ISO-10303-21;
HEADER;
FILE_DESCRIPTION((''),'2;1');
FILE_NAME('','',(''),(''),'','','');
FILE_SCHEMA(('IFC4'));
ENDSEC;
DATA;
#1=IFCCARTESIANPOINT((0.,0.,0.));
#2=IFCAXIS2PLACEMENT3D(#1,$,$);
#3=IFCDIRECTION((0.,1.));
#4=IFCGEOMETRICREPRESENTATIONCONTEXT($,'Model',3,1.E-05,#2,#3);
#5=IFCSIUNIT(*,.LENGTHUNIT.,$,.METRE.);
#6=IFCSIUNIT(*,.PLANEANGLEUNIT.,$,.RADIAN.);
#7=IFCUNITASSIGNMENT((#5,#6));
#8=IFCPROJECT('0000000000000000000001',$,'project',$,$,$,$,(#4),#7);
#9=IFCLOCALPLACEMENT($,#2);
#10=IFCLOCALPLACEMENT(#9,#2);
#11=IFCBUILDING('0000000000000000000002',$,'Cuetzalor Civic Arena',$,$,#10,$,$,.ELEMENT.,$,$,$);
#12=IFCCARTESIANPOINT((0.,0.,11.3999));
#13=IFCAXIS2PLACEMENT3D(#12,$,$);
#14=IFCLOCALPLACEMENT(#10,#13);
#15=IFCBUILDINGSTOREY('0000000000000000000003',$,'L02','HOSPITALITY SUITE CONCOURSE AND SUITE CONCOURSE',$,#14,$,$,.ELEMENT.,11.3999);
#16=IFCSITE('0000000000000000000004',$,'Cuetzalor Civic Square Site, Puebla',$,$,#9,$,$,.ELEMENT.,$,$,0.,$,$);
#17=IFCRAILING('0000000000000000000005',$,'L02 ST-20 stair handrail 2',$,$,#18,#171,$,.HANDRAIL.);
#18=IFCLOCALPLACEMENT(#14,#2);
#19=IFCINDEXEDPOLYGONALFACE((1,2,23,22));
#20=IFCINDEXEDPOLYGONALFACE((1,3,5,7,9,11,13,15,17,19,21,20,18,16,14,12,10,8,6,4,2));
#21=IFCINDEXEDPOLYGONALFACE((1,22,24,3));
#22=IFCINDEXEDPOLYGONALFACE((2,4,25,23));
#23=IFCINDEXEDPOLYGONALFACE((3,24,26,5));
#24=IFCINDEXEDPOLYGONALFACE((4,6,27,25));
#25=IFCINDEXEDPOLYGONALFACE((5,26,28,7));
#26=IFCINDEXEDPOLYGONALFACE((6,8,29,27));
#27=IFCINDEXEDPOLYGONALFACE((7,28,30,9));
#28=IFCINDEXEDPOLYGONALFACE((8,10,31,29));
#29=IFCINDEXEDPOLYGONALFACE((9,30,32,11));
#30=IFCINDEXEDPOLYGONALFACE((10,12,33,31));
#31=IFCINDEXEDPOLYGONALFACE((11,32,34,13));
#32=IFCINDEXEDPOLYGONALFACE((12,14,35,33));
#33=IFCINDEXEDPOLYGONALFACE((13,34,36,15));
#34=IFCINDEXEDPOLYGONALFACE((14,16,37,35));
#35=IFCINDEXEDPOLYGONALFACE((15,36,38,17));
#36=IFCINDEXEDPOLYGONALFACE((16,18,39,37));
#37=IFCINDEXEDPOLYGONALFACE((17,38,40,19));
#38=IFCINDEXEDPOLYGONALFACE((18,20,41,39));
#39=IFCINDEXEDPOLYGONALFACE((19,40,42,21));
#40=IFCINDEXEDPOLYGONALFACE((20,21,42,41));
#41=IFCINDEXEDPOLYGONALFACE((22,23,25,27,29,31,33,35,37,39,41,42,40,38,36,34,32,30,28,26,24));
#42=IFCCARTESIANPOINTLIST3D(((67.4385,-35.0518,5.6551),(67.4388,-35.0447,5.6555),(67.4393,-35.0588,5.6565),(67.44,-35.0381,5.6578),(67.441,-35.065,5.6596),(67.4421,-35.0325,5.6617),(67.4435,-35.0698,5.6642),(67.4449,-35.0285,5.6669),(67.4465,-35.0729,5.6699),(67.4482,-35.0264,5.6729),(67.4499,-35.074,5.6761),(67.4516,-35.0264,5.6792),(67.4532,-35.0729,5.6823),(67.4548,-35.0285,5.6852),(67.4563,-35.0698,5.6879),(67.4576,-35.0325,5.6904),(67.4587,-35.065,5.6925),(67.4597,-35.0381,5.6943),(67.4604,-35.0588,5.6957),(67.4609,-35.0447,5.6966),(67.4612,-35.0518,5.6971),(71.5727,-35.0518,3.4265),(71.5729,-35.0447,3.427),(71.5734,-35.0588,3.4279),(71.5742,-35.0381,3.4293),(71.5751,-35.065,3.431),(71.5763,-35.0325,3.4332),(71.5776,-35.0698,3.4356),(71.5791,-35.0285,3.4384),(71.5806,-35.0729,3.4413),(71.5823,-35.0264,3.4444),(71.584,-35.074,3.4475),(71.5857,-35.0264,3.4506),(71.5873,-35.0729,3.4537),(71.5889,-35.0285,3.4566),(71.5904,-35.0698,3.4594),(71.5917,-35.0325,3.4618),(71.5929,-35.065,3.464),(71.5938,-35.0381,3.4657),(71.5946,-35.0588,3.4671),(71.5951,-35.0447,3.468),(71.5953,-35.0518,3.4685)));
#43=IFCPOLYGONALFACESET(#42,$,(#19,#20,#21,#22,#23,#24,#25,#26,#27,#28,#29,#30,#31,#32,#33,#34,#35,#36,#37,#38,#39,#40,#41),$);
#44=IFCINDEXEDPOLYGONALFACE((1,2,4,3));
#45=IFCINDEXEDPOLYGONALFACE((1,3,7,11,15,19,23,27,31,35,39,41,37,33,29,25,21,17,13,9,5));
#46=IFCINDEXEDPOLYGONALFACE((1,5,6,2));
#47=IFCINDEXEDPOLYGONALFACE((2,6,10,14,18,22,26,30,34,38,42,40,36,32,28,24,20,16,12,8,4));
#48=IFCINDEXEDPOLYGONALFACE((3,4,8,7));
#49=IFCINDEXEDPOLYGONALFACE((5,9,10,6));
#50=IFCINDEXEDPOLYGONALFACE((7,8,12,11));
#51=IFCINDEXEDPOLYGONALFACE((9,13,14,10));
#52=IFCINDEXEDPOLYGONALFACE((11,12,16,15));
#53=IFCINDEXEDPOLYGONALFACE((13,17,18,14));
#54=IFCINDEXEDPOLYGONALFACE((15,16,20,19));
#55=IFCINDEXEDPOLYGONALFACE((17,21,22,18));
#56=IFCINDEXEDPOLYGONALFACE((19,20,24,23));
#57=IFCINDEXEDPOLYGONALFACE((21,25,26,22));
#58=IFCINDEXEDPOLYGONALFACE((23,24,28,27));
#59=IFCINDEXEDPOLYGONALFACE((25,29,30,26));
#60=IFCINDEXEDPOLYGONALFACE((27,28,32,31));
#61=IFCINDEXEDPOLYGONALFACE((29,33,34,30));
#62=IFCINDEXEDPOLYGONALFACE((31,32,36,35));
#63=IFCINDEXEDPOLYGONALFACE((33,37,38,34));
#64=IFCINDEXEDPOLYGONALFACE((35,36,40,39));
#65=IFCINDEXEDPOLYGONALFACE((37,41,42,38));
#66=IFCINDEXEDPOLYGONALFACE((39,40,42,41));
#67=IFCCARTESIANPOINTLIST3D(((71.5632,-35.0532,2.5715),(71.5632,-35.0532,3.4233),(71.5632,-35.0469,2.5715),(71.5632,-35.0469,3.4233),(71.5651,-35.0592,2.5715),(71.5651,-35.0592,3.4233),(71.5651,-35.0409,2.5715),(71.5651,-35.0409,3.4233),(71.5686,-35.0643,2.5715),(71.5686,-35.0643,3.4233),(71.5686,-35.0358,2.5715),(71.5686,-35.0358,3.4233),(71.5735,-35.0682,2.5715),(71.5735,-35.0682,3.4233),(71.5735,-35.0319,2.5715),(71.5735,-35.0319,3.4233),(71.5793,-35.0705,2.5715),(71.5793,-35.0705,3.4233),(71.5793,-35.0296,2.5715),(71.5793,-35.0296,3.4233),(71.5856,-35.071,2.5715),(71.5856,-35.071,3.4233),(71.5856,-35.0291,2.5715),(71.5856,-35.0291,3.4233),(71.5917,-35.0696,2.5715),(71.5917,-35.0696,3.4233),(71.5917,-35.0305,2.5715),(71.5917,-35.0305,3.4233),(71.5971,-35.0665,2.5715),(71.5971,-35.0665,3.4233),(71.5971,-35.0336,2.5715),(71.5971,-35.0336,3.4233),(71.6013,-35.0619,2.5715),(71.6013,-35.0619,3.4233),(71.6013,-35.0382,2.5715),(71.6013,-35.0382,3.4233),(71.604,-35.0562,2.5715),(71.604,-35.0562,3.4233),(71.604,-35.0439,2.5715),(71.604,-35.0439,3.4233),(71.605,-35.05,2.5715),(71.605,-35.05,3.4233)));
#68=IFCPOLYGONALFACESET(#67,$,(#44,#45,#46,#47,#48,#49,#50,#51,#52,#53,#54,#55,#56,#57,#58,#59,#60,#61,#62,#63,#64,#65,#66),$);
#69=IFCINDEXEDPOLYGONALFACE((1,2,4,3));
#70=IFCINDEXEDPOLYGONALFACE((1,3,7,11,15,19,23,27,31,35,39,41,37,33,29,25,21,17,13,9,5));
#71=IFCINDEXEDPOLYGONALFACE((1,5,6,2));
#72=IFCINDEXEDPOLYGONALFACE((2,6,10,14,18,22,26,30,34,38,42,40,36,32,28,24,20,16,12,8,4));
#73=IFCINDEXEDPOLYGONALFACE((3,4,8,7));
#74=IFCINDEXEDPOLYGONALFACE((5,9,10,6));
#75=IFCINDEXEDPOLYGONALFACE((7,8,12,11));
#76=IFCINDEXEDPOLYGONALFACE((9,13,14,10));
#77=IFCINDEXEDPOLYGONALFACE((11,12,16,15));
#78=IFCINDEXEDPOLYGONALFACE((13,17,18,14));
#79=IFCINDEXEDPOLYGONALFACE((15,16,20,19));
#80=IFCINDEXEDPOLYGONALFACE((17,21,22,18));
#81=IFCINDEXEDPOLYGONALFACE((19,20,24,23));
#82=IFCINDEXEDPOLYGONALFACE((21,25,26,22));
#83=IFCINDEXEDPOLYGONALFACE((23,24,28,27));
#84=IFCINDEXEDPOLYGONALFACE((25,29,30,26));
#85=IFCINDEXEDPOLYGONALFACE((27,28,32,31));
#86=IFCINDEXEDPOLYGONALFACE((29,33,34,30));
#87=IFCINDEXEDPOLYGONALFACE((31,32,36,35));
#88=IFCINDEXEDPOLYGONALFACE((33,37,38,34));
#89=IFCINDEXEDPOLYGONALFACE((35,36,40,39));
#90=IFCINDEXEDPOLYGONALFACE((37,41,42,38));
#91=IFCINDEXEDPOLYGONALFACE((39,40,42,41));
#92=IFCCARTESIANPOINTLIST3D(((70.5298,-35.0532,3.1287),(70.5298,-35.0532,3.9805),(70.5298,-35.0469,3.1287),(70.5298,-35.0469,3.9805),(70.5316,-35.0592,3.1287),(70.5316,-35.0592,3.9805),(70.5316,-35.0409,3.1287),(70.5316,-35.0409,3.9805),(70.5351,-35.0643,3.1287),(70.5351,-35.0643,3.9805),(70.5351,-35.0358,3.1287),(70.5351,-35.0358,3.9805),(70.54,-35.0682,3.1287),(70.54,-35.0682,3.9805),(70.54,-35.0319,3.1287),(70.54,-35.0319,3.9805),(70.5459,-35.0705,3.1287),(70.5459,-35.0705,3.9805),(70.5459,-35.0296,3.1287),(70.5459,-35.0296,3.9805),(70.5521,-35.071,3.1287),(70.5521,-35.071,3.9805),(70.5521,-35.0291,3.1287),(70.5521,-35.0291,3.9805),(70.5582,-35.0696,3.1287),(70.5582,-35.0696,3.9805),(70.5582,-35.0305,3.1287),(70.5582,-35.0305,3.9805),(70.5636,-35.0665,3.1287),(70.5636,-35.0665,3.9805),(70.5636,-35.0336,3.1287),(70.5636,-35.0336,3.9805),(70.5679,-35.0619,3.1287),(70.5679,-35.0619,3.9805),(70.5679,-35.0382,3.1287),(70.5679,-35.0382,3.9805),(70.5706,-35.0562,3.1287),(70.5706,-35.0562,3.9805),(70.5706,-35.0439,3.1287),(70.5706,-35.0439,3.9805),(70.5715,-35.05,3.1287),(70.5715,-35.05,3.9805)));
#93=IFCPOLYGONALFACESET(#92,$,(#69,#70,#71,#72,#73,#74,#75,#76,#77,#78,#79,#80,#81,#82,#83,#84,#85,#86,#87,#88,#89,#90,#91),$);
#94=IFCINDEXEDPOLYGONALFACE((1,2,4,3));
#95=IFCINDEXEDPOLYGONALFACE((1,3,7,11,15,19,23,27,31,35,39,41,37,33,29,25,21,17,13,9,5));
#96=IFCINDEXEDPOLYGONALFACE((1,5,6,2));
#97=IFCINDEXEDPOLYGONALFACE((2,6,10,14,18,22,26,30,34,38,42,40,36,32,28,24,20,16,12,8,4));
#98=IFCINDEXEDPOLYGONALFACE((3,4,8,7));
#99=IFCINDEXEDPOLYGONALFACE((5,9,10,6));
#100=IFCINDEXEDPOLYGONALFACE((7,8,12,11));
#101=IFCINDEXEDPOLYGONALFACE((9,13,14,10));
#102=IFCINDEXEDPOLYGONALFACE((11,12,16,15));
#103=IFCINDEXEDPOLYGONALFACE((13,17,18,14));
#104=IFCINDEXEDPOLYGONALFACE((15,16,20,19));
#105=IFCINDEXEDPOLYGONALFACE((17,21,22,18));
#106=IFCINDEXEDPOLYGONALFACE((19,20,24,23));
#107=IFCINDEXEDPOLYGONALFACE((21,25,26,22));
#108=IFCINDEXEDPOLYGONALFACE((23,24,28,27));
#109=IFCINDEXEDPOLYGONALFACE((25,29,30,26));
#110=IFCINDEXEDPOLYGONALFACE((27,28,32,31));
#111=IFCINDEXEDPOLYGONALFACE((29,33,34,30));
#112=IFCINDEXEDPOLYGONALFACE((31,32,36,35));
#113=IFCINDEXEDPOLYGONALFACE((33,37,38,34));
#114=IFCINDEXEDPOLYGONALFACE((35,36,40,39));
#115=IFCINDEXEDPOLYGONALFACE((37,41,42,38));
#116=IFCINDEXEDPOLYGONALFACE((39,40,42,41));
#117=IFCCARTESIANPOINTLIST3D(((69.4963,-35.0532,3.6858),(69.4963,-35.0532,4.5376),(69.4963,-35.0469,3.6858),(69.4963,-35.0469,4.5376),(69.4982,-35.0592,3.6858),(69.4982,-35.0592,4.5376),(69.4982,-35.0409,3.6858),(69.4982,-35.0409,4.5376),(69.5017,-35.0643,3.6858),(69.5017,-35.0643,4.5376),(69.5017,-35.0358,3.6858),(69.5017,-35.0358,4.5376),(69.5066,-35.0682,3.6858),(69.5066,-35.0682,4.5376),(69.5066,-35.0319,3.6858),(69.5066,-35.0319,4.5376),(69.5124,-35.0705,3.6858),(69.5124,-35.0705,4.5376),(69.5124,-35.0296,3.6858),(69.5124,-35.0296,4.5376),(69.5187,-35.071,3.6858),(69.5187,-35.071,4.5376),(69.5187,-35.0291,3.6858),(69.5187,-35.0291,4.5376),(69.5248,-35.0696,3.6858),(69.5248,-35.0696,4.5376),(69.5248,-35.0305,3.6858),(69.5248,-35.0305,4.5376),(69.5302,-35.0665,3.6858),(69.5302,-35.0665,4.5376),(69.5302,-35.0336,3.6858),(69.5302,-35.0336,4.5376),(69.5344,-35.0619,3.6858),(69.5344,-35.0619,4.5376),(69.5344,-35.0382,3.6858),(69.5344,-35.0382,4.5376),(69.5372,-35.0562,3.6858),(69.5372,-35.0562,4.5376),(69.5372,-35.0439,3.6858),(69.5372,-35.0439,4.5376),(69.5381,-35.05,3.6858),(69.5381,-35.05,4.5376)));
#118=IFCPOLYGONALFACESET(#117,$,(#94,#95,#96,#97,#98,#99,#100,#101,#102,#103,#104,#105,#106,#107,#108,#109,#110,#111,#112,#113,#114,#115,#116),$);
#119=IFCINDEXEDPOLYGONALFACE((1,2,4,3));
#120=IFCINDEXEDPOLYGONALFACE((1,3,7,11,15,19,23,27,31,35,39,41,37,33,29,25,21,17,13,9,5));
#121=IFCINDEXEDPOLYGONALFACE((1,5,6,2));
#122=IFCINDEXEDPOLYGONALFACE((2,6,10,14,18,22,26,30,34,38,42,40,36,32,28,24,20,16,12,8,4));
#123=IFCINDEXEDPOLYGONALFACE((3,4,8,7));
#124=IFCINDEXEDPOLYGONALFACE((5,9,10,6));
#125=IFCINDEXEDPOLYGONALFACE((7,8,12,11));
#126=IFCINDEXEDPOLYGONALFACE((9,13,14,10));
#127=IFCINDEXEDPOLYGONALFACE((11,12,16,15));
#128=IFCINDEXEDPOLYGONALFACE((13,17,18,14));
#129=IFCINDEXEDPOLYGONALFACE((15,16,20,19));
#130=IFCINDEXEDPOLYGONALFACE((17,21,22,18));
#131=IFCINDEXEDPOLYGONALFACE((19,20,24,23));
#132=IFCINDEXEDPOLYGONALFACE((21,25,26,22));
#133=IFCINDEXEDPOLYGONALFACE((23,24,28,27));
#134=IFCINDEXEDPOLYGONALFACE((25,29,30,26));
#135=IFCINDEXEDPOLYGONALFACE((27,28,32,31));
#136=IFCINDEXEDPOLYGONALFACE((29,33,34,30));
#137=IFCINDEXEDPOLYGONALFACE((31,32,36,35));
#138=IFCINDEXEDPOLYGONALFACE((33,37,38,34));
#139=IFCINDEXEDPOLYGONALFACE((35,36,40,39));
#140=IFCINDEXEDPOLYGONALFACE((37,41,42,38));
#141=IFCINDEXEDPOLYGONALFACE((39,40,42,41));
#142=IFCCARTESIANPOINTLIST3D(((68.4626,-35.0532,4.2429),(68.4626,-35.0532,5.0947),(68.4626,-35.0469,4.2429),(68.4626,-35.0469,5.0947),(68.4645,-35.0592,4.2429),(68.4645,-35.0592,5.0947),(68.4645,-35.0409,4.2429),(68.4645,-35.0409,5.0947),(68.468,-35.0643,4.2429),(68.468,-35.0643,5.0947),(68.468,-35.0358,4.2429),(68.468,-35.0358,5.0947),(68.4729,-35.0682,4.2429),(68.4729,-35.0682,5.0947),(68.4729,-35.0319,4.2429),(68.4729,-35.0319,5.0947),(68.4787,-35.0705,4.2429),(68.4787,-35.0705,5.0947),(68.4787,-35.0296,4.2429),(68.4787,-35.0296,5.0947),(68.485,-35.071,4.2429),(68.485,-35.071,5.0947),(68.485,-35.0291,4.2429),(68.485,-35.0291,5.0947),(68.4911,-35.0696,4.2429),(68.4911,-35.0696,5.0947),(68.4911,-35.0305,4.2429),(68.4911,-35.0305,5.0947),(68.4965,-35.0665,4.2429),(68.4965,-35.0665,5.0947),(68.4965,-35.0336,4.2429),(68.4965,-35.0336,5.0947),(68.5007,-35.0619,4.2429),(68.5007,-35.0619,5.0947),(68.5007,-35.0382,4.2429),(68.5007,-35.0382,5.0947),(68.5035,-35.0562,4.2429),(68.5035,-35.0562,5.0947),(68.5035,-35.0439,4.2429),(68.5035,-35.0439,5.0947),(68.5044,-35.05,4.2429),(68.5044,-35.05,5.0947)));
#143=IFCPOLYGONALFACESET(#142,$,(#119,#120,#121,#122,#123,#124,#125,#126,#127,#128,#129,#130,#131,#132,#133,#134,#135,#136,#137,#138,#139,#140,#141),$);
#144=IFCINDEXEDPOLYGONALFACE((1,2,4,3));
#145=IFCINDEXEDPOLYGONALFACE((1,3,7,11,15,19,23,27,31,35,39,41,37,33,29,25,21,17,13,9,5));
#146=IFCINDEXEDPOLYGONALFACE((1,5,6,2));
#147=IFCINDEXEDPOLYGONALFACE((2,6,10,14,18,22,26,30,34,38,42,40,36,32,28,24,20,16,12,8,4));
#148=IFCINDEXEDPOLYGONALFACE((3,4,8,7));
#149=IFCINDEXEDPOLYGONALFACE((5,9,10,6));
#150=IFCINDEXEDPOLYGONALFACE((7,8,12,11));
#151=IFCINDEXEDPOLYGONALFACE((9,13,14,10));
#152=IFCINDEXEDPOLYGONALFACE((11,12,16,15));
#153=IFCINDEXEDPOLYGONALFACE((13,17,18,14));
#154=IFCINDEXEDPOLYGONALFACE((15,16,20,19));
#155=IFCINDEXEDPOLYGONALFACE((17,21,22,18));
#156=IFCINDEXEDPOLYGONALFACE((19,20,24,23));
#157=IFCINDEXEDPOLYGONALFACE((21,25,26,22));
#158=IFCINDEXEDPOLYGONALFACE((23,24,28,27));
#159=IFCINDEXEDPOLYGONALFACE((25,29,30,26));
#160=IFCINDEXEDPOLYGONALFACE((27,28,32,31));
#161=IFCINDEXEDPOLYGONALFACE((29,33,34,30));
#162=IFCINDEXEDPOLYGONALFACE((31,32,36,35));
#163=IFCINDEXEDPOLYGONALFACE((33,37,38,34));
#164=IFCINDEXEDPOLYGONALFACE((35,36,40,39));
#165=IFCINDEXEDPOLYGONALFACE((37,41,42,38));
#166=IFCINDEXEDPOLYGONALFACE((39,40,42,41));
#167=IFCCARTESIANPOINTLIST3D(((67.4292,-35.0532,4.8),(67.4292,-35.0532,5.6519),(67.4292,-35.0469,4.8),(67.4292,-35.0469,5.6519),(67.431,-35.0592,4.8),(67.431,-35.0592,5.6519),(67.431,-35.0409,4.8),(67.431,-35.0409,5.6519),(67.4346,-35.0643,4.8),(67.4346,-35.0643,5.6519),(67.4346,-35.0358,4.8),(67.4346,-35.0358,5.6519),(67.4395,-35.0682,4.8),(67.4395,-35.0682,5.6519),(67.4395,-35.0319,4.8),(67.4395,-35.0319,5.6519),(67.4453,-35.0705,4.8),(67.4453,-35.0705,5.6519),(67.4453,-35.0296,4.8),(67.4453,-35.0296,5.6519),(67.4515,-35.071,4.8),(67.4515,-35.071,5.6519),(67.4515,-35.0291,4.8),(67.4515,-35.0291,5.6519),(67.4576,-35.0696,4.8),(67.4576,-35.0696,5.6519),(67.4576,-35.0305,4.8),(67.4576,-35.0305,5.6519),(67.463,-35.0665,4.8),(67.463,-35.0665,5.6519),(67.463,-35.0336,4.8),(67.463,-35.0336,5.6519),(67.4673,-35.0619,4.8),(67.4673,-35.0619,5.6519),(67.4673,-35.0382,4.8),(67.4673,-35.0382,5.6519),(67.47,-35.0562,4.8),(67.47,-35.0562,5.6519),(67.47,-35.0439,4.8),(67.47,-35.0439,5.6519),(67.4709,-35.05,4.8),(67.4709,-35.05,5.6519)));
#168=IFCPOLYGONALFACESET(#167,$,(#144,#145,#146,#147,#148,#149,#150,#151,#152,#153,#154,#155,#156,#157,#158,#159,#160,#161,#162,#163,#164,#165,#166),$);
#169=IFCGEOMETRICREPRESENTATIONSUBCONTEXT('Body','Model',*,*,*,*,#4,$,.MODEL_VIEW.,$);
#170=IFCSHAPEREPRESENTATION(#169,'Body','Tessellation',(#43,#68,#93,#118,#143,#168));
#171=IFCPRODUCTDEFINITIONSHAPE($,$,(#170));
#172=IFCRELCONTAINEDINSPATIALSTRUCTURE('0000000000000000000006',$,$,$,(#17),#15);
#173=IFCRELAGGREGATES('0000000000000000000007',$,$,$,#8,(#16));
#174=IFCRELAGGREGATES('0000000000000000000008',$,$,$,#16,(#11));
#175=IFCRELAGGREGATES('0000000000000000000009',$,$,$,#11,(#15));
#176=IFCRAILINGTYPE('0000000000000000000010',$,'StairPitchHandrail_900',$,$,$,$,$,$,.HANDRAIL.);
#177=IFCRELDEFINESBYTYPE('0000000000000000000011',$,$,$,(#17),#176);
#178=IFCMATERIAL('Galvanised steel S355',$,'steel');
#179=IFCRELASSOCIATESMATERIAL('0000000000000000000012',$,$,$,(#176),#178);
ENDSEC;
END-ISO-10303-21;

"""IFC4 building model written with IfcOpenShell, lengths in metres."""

from ifc_helpers import new_model, si_unit, direction, frame, origin, origin_2d, place, context, subcontext, project, spatial, circle, extrude, material, type_object, element, save


model = new_model("IFC4")

# Units and contexts
model_context = context("Model", 3, precision=1e-05, world=origin(), true_north=direction((0.0, 1.0)))
body_context = subcontext(model_context, "Body", "Model", "MODEL_VIEW")
ifc_project = project(units=[si_unit("LENGTHUNIT", "METRE"), si_unit("PLANEANGLEUNIT", "RADIAN")], contexts=[model_context])

# Site, building, storey
site_placement = place(None, origin())
site = spatial("IfcSite", under=ifc_project, at=site_placement, Name="Cuetzalor Civic Square Site, Puebla", CompositionType="ELEMENT", RefElevation=0.0)
building_placement = place(site_placement, origin())
building = spatial("IfcBuilding", under=site, at=building_placement, Name="Cuetzalor Civic Arena", CompositionType="ELEMENT")
storey_placement = place(building_placement, frame((0.0, 0.0, 11.3999)))
storey = spatial("IfcBuildingStorey", under=building, at=storey_placement, Name="L02", Description="HOSPITALITY SUITE CONCOURSE AND SUITE CONCOURSE", CompositionType="ELEMENT", Elevation=11.3999)

# Railing
ifc_material_1 = material(Name="Galvanised steel S355", Category="steel")
railing_type_1 = type_object("IfcRailingType", Name="StairPitchHandrail_900", PredefinedType="HANDRAIL", material=ifc_material_1)
railing_1_placement = place(storey_placement, frame((71.584, -35.05, 2.5715)))
element("IfcRailing", 1, at=railing_1_placement, inside=storey, type_object=railing_type_1, Name="L02 ST-20 stair handrail 2", PredefinedType="HANDRAIL", context=body_context, shape_type="SweptSolid", body=[
    extrude(circle(Radius=0.0239, at=origin_2d()), frame((0.0, 0.0, 0.876), z_axis=(-0.880249, 0.0, 0.474512), x_axis=(0.0, -1.0, 0.0)), (0.0, 0.0, 1.0), 4.6965),
    extrude(circle(Radius=0.021, at=origin_2d()), origin(), (0.0, 0.0, 1.0), 0.8518),
    extrude(circle(Radius=0.021, at=origin_2d()), frame((-1.0334, 0.0, 0.5571)), (0.0, 0.0, 1.0), 0.8518),
    extrude(circle(Radius=0.021, at=origin_2d()), frame((-2.0669, 0.0, 1.1143)), (0.0, 0.0, 1.0), 0.8518),
    extrude(circle(Radius=0.021, at=origin_2d()), frame((-3.1006, 0.0, 1.6714)), (0.0, 0.0, 1.0), 0.8518),
    extrude(circle(Radius=0.021, at=origin_2d()), frame((-4.134, 0.0, 2.2285)), (0.0, 0.0, 1.0), 0.8518),
])

save(model, "model.ifc")
